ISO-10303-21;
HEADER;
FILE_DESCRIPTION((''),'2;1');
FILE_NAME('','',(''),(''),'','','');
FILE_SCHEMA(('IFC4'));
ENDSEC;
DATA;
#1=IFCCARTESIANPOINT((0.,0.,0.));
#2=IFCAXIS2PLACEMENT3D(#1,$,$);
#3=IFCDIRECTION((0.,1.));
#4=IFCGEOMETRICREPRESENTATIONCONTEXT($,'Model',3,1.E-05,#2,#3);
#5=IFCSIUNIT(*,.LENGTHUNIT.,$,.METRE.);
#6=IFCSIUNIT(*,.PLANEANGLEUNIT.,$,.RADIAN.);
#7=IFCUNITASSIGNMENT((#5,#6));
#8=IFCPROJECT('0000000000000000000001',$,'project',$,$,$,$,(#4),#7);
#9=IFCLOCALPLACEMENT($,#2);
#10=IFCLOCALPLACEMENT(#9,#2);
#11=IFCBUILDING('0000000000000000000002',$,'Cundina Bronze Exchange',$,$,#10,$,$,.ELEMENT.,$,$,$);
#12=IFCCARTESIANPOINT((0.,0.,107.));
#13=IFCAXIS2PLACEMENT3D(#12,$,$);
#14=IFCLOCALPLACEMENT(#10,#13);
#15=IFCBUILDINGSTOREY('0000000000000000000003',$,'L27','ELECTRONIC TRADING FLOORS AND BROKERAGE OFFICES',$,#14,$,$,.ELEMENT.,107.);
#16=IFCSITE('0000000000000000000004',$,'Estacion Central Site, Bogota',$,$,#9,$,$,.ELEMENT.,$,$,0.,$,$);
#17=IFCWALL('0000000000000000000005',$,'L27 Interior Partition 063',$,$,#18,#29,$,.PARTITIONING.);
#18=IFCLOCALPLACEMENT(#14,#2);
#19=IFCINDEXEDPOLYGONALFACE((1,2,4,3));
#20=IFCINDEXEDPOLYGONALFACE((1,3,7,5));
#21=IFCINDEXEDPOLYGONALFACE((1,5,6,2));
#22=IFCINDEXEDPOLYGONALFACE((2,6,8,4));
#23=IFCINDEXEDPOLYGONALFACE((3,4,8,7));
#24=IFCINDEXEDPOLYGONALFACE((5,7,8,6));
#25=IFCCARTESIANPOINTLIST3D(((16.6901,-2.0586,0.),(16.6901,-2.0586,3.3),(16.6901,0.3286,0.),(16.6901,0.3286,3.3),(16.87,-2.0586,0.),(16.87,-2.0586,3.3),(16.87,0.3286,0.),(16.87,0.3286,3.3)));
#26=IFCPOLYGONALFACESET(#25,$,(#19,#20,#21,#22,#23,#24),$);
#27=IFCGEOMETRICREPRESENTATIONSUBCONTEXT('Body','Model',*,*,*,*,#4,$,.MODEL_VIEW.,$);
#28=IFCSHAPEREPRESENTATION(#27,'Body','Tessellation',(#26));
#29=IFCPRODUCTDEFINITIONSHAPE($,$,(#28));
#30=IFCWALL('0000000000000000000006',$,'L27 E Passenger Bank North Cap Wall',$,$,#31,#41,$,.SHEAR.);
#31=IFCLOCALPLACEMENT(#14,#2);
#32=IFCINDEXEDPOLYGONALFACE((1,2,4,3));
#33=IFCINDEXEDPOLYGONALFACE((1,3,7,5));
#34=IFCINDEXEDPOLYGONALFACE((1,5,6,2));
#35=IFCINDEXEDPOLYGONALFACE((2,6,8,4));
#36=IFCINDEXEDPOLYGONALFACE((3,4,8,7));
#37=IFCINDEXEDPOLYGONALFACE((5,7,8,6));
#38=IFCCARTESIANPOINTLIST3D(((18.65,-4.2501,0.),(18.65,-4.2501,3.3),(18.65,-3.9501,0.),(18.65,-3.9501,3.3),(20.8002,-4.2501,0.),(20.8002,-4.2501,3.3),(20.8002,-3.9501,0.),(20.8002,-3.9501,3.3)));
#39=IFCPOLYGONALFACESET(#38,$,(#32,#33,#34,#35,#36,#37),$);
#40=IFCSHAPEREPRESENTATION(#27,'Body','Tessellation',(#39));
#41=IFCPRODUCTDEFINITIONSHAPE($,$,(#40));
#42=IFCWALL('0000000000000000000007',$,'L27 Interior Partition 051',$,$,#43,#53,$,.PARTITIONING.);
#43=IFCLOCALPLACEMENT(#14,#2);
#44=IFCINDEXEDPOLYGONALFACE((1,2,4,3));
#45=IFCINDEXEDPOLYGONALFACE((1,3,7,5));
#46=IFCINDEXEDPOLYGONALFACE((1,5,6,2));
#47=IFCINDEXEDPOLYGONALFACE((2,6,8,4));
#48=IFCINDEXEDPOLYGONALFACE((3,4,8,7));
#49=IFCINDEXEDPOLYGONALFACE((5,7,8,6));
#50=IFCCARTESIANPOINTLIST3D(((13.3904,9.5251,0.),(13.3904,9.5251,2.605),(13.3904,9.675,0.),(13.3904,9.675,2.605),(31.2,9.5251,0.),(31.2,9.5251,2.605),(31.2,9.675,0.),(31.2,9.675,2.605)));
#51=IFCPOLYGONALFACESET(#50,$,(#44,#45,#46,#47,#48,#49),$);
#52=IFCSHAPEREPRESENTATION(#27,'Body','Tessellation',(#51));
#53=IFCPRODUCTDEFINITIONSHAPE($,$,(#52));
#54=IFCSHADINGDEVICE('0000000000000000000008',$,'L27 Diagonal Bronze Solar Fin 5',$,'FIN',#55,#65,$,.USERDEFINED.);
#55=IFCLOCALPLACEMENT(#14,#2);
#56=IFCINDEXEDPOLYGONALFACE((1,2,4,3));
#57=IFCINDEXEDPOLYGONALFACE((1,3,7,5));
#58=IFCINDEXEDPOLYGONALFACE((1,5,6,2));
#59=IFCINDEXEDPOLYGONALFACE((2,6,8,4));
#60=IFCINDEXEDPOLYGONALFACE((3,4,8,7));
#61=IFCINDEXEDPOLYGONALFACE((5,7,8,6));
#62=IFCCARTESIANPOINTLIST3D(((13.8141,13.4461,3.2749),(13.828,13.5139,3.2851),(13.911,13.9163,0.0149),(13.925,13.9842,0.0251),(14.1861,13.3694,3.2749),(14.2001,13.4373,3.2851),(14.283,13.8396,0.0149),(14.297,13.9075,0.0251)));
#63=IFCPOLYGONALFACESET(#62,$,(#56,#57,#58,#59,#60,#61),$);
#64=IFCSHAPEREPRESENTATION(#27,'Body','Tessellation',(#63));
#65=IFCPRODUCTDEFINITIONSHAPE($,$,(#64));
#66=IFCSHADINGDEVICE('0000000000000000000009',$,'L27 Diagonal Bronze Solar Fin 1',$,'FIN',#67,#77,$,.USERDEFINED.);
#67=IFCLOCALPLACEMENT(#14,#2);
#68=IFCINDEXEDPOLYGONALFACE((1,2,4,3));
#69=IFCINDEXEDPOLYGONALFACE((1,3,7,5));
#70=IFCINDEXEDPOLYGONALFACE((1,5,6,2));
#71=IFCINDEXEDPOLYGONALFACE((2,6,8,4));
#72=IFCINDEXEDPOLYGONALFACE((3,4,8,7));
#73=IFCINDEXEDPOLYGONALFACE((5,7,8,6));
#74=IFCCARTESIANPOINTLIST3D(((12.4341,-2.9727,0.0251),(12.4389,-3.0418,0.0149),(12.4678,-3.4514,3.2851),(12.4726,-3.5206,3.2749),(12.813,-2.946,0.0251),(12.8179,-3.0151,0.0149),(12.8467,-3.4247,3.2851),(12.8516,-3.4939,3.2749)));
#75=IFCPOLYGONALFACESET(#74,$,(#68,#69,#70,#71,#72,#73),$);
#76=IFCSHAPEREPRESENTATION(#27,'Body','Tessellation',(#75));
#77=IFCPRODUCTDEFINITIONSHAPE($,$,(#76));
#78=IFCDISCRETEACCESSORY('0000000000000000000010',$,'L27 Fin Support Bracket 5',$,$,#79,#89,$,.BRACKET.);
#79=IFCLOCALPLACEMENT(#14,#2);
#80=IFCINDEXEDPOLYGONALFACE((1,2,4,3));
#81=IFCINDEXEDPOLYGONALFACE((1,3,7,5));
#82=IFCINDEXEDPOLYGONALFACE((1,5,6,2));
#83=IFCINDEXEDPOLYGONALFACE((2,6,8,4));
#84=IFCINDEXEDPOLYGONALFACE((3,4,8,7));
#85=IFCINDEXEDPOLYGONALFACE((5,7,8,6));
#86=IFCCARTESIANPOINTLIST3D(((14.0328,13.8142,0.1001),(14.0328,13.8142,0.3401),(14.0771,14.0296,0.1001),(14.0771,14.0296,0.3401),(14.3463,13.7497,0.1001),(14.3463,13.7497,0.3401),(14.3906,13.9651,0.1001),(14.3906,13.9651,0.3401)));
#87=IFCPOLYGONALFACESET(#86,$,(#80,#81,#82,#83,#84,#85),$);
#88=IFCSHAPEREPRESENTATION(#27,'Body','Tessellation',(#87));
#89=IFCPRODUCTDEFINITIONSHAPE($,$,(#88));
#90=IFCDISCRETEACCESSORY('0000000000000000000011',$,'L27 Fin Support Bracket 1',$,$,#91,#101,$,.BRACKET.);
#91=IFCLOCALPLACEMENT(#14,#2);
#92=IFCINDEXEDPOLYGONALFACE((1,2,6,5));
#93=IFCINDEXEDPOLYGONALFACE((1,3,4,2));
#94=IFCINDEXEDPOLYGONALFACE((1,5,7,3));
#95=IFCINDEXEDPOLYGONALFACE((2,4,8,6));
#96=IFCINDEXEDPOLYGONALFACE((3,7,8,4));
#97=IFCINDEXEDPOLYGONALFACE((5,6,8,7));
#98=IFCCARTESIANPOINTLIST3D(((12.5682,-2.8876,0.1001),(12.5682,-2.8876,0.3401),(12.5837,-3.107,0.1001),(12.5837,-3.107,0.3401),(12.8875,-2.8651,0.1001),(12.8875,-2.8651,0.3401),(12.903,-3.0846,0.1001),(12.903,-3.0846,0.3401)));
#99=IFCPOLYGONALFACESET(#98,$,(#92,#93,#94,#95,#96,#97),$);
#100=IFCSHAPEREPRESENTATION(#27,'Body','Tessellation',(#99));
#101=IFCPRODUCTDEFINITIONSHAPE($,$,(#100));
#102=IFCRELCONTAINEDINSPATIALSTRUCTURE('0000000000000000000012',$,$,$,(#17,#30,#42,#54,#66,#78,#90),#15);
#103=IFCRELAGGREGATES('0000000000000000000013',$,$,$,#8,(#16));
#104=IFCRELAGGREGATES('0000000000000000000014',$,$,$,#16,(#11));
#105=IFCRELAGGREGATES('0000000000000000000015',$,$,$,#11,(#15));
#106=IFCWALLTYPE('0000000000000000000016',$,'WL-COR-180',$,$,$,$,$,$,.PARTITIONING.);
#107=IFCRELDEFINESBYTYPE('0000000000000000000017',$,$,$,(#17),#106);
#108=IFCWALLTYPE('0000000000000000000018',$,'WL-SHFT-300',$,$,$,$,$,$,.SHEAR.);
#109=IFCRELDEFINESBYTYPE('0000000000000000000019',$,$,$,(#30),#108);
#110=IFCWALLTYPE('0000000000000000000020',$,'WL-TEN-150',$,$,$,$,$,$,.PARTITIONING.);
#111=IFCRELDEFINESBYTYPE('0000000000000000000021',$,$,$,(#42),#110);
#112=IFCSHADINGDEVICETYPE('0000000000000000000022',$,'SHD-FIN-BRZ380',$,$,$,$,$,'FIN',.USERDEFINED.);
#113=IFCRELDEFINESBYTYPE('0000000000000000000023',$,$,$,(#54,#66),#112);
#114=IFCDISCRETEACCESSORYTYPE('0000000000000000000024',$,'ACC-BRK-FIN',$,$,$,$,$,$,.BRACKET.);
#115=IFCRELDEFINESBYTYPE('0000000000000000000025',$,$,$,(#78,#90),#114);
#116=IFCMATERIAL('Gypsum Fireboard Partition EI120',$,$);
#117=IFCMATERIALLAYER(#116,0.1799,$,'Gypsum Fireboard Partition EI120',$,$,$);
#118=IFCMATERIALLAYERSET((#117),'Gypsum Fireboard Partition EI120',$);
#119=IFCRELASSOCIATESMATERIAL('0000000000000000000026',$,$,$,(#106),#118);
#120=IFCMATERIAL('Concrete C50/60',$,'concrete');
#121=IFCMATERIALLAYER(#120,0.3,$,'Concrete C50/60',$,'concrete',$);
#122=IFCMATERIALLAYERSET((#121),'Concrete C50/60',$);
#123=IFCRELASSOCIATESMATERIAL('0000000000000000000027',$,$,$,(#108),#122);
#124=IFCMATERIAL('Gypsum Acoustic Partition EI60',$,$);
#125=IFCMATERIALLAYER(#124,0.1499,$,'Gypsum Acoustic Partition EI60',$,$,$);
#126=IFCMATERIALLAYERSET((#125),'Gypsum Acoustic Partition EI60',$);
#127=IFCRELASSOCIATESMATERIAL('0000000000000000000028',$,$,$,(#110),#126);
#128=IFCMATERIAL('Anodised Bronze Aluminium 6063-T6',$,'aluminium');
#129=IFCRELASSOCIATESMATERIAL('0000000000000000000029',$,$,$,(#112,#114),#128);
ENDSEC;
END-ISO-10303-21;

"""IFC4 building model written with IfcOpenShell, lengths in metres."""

from ifc_helpers import new_model, si_unit, direction, frame, frame_2d, origin, origin_2d, place, context, subcontext, project, spatial, rectangle, extrude, material, layer, layer_set, material_profile, profile_set, type_object, element, save


model = new_model("IFC4")

# Units and contexts
model_context = context("Model", 3, precision=1e-05, world=origin(), true_north=direction((0.0, 1.0)))
body_context = subcontext(model_context, "Body", "Model", "MODEL_VIEW")
ifc_project = project(units=[si_unit("LENGTHUNIT", "METRE"), si_unit("PLANEANGLEUNIT", "RADIAN")], contexts=[model_context])

# Site, building, storey
site_placement = place(None, origin())
site = spatial("IfcSite", under=ifc_project, at=site_placement, Name="Estacion Central Site, Bogota", CompositionType="ELEMENT", RefElevation=0.0)
building_placement = place(site_placement, origin())
building = spatial("IfcBuilding", under=site, at=building_placement, Name="Cundina Bronze Exchange", CompositionType="ELEMENT")
storey_placement = place(building_placement, frame((0.0, 0.0, 107.0)))
storey = spatial("IfcBuildingStorey", under=building, at=storey_placement, Name="L27", Description="ELECTRONIC TRADING FLOORS AND BROKERAGE OFFICES", CompositionType="ELEMENT", Elevation=107.0)

# Shared definitions
ifc_material_1 = material(Name="Anodised Bronze Aluminium 6063-T6", Category="aluminium")

# Shared definitions
ifc_material_2 = material(Name="Gypsum Fireboard Partition EI120")
ifc_layer_1 = layer(ifc_material_2, 0.1799, Name="Gypsum Fireboard Partition EI120")
ifc_layer_set_1 = layer_set([ifc_layer_1], Name="Gypsum Fireboard Partition EI120")
wall_type_1 = type_object("IfcWallType", Name="WL-COR-180", PredefinedType="PARTITIONING", material=ifc_layer_set_1)

# Walls
wall_1_placement = place(storey_placement, frame((16.78, 0.3286, 0.0), z_axis=(0.0, 0.0, 1.0), x_axis=(0.0, -1.0, 0.0)))
element("IfcWall", 1, at=wall_1_placement, inside=storey, type_object=wall_type_1, Name="L27 Interior Partition 063", PredefinedType="PARTITIONING", context=body_context, shape_type="SweptSolid", body=[
    extrude(rectangle(XDim=2.3872, YDim=0.1799, at=frame_2d((1.1936, 0.0))), origin(), (0.0, 0.0, 1.0), 3.3),
])
ifc_material_3 = material(Name="Concrete C50/60", Category="concrete")
ifc_layer_2 = layer(ifc_material_3, 0.3, Name="Concrete C50/60", Category="concrete")
ifc_layer_set_2 = layer_set([ifc_layer_2], Name="Concrete C50/60")
wall_type_2 = type_object("IfcWallType", Name="WL-SHFT-300", PredefinedType="SHEAR", material=ifc_layer_set_2)
wall_2_placement = place(storey_placement, frame((18.6499, -4.1001, 0.0), z_axis=(0.0, 0.0, 1.0), x_axis=(1.0, 0.0, 0.0)))
element("IfcWall", 2, at=wall_2_placement, inside=storey, type_object=wall_type_2, Name="L27 E Passenger Bank North Cap Wall", PredefinedType="SHEAR", context=body_context, shape_type="SweptSolid", body=[
    extrude(rectangle(XDim=2.1501, YDim=0.3, at=frame_2d((1.0752, 0.0))), origin(), (0.0, 0.0, 1.0), 3.3),
])
ifc_material_4 = material(Name="Gypsum Acoustic Partition EI60")
ifc_layer_3 = layer(ifc_material_4, 0.1499, Name="Gypsum Acoustic Partition EI60")
ifc_layer_set_3 = layer_set([ifc_layer_3], Name="Gypsum Acoustic Partition EI60")
wall_type_3 = type_object("IfcWallType", Name="WL-TEN-150", PredefinedType="PARTITIONING", material=ifc_layer_set_3)
wall_3_placement = place(storey_placement, frame((13.3904, 9.6001, 0.0), z_axis=(0.0, 0.0, 1.0), x_axis=(1.0, 0.0, 0.0)))
element("IfcWall", 3, at=wall_3_placement, inside=storey, type_object=wall_type_3, Name="L27 Interior Partition 051", PredefinedType="PARTITIONING", context=body_context, shape_type="SweptSolid", body=[
    extrude(rectangle(XDim=17.8096, YDim=0.1499, at=frame_2d((8.9048, 0.0))), origin(), (0.0, 0.0, 1.0), 2.605),
])

# Shading devices
ifc_material_profile_1 = material_profile(ifc_material_1, rectangle(XDim=0.0701, YDim=0.3799, at=origin_2d()), Name="FIN70X380", Category="aluminium")
ifc_profile_set_1 = profile_set([ifc_material_profile_1], Name="Anodised Bronze Aluminium 6063-T6")
shading_device_type = type_object("IfcShadingDeviceType", Name="SHD-FIN-BRZ380", ElementType="FIN", PredefinedType="USERDEFINED", material=ifc_profile_set_1)
for number, where, z_axis, x_axis, name in (
    (4, (14.104, 13.9119, 0.02), (-0.029414, -0.142698, 0.989329), (0.199728, 0.968959, 0.145698), "L27 Diagonal Bronze Solar Fin 5"),
    (5, (12.626, -2.9939, 0.02), (0.010225, -0.145292, 0.989336), (-0.06945, 0.986895, 0.145652), "L27 Diagonal Bronze Solar Fin 1"),
):
    element("IfcShadingDevice", number, at=place(storey_placement, frame(where, z_axis=z_axis, x_axis=x_axis)), inside=storey, type_object=shading_device_type, Name=name, ObjectType="FIN", PredefinedType="USERDEFINED", context=body_context, shape_type="SweptSolid", body=[
        extrude(rectangle(XDim=0.0701, YDim=0.3799, at=origin_2d()), origin(), (0.0, 0.0, 1.0), 3.2952),
    ])

# Discrete accessories
discrete_accessory_type = type_object("IfcDiscreteAccessoryType", Name="ACC-BRK-FIN", PredefinedType="BRACKET", material=ifc_material_1)
for number, where, z_axis, x_axis, name in (
    (6, (14.2117, 13.8896, 0.1001), (0.0, 0.0, 1.0), (-0.20142, -0.979505, 0.0), "L27 Fin Support Bracket 5"),
    (7, (12.7356, -2.9861, 0.1001), (0.0, 0.0, 1.0), (0.070279, -0.997527, 0.0), "L27 Fin Support Bracket 1"),
):
    element("IfcDiscreteAccessory", number, at=place(storey_placement, frame(where, z_axis=z_axis, x_axis=x_axis)), inside=storey, type_object=discrete_accessory_type, Name=name, PredefinedType="BRACKET", context=body_context, shape_type="SweptSolid", body=[
        extrude(rectangle(XDim=0.22, YDim=0.3201, at=origin_2d()), origin(), (0.0, 0.0, 1.0), 0.24),
    ])

save(model, "model.ifc")
